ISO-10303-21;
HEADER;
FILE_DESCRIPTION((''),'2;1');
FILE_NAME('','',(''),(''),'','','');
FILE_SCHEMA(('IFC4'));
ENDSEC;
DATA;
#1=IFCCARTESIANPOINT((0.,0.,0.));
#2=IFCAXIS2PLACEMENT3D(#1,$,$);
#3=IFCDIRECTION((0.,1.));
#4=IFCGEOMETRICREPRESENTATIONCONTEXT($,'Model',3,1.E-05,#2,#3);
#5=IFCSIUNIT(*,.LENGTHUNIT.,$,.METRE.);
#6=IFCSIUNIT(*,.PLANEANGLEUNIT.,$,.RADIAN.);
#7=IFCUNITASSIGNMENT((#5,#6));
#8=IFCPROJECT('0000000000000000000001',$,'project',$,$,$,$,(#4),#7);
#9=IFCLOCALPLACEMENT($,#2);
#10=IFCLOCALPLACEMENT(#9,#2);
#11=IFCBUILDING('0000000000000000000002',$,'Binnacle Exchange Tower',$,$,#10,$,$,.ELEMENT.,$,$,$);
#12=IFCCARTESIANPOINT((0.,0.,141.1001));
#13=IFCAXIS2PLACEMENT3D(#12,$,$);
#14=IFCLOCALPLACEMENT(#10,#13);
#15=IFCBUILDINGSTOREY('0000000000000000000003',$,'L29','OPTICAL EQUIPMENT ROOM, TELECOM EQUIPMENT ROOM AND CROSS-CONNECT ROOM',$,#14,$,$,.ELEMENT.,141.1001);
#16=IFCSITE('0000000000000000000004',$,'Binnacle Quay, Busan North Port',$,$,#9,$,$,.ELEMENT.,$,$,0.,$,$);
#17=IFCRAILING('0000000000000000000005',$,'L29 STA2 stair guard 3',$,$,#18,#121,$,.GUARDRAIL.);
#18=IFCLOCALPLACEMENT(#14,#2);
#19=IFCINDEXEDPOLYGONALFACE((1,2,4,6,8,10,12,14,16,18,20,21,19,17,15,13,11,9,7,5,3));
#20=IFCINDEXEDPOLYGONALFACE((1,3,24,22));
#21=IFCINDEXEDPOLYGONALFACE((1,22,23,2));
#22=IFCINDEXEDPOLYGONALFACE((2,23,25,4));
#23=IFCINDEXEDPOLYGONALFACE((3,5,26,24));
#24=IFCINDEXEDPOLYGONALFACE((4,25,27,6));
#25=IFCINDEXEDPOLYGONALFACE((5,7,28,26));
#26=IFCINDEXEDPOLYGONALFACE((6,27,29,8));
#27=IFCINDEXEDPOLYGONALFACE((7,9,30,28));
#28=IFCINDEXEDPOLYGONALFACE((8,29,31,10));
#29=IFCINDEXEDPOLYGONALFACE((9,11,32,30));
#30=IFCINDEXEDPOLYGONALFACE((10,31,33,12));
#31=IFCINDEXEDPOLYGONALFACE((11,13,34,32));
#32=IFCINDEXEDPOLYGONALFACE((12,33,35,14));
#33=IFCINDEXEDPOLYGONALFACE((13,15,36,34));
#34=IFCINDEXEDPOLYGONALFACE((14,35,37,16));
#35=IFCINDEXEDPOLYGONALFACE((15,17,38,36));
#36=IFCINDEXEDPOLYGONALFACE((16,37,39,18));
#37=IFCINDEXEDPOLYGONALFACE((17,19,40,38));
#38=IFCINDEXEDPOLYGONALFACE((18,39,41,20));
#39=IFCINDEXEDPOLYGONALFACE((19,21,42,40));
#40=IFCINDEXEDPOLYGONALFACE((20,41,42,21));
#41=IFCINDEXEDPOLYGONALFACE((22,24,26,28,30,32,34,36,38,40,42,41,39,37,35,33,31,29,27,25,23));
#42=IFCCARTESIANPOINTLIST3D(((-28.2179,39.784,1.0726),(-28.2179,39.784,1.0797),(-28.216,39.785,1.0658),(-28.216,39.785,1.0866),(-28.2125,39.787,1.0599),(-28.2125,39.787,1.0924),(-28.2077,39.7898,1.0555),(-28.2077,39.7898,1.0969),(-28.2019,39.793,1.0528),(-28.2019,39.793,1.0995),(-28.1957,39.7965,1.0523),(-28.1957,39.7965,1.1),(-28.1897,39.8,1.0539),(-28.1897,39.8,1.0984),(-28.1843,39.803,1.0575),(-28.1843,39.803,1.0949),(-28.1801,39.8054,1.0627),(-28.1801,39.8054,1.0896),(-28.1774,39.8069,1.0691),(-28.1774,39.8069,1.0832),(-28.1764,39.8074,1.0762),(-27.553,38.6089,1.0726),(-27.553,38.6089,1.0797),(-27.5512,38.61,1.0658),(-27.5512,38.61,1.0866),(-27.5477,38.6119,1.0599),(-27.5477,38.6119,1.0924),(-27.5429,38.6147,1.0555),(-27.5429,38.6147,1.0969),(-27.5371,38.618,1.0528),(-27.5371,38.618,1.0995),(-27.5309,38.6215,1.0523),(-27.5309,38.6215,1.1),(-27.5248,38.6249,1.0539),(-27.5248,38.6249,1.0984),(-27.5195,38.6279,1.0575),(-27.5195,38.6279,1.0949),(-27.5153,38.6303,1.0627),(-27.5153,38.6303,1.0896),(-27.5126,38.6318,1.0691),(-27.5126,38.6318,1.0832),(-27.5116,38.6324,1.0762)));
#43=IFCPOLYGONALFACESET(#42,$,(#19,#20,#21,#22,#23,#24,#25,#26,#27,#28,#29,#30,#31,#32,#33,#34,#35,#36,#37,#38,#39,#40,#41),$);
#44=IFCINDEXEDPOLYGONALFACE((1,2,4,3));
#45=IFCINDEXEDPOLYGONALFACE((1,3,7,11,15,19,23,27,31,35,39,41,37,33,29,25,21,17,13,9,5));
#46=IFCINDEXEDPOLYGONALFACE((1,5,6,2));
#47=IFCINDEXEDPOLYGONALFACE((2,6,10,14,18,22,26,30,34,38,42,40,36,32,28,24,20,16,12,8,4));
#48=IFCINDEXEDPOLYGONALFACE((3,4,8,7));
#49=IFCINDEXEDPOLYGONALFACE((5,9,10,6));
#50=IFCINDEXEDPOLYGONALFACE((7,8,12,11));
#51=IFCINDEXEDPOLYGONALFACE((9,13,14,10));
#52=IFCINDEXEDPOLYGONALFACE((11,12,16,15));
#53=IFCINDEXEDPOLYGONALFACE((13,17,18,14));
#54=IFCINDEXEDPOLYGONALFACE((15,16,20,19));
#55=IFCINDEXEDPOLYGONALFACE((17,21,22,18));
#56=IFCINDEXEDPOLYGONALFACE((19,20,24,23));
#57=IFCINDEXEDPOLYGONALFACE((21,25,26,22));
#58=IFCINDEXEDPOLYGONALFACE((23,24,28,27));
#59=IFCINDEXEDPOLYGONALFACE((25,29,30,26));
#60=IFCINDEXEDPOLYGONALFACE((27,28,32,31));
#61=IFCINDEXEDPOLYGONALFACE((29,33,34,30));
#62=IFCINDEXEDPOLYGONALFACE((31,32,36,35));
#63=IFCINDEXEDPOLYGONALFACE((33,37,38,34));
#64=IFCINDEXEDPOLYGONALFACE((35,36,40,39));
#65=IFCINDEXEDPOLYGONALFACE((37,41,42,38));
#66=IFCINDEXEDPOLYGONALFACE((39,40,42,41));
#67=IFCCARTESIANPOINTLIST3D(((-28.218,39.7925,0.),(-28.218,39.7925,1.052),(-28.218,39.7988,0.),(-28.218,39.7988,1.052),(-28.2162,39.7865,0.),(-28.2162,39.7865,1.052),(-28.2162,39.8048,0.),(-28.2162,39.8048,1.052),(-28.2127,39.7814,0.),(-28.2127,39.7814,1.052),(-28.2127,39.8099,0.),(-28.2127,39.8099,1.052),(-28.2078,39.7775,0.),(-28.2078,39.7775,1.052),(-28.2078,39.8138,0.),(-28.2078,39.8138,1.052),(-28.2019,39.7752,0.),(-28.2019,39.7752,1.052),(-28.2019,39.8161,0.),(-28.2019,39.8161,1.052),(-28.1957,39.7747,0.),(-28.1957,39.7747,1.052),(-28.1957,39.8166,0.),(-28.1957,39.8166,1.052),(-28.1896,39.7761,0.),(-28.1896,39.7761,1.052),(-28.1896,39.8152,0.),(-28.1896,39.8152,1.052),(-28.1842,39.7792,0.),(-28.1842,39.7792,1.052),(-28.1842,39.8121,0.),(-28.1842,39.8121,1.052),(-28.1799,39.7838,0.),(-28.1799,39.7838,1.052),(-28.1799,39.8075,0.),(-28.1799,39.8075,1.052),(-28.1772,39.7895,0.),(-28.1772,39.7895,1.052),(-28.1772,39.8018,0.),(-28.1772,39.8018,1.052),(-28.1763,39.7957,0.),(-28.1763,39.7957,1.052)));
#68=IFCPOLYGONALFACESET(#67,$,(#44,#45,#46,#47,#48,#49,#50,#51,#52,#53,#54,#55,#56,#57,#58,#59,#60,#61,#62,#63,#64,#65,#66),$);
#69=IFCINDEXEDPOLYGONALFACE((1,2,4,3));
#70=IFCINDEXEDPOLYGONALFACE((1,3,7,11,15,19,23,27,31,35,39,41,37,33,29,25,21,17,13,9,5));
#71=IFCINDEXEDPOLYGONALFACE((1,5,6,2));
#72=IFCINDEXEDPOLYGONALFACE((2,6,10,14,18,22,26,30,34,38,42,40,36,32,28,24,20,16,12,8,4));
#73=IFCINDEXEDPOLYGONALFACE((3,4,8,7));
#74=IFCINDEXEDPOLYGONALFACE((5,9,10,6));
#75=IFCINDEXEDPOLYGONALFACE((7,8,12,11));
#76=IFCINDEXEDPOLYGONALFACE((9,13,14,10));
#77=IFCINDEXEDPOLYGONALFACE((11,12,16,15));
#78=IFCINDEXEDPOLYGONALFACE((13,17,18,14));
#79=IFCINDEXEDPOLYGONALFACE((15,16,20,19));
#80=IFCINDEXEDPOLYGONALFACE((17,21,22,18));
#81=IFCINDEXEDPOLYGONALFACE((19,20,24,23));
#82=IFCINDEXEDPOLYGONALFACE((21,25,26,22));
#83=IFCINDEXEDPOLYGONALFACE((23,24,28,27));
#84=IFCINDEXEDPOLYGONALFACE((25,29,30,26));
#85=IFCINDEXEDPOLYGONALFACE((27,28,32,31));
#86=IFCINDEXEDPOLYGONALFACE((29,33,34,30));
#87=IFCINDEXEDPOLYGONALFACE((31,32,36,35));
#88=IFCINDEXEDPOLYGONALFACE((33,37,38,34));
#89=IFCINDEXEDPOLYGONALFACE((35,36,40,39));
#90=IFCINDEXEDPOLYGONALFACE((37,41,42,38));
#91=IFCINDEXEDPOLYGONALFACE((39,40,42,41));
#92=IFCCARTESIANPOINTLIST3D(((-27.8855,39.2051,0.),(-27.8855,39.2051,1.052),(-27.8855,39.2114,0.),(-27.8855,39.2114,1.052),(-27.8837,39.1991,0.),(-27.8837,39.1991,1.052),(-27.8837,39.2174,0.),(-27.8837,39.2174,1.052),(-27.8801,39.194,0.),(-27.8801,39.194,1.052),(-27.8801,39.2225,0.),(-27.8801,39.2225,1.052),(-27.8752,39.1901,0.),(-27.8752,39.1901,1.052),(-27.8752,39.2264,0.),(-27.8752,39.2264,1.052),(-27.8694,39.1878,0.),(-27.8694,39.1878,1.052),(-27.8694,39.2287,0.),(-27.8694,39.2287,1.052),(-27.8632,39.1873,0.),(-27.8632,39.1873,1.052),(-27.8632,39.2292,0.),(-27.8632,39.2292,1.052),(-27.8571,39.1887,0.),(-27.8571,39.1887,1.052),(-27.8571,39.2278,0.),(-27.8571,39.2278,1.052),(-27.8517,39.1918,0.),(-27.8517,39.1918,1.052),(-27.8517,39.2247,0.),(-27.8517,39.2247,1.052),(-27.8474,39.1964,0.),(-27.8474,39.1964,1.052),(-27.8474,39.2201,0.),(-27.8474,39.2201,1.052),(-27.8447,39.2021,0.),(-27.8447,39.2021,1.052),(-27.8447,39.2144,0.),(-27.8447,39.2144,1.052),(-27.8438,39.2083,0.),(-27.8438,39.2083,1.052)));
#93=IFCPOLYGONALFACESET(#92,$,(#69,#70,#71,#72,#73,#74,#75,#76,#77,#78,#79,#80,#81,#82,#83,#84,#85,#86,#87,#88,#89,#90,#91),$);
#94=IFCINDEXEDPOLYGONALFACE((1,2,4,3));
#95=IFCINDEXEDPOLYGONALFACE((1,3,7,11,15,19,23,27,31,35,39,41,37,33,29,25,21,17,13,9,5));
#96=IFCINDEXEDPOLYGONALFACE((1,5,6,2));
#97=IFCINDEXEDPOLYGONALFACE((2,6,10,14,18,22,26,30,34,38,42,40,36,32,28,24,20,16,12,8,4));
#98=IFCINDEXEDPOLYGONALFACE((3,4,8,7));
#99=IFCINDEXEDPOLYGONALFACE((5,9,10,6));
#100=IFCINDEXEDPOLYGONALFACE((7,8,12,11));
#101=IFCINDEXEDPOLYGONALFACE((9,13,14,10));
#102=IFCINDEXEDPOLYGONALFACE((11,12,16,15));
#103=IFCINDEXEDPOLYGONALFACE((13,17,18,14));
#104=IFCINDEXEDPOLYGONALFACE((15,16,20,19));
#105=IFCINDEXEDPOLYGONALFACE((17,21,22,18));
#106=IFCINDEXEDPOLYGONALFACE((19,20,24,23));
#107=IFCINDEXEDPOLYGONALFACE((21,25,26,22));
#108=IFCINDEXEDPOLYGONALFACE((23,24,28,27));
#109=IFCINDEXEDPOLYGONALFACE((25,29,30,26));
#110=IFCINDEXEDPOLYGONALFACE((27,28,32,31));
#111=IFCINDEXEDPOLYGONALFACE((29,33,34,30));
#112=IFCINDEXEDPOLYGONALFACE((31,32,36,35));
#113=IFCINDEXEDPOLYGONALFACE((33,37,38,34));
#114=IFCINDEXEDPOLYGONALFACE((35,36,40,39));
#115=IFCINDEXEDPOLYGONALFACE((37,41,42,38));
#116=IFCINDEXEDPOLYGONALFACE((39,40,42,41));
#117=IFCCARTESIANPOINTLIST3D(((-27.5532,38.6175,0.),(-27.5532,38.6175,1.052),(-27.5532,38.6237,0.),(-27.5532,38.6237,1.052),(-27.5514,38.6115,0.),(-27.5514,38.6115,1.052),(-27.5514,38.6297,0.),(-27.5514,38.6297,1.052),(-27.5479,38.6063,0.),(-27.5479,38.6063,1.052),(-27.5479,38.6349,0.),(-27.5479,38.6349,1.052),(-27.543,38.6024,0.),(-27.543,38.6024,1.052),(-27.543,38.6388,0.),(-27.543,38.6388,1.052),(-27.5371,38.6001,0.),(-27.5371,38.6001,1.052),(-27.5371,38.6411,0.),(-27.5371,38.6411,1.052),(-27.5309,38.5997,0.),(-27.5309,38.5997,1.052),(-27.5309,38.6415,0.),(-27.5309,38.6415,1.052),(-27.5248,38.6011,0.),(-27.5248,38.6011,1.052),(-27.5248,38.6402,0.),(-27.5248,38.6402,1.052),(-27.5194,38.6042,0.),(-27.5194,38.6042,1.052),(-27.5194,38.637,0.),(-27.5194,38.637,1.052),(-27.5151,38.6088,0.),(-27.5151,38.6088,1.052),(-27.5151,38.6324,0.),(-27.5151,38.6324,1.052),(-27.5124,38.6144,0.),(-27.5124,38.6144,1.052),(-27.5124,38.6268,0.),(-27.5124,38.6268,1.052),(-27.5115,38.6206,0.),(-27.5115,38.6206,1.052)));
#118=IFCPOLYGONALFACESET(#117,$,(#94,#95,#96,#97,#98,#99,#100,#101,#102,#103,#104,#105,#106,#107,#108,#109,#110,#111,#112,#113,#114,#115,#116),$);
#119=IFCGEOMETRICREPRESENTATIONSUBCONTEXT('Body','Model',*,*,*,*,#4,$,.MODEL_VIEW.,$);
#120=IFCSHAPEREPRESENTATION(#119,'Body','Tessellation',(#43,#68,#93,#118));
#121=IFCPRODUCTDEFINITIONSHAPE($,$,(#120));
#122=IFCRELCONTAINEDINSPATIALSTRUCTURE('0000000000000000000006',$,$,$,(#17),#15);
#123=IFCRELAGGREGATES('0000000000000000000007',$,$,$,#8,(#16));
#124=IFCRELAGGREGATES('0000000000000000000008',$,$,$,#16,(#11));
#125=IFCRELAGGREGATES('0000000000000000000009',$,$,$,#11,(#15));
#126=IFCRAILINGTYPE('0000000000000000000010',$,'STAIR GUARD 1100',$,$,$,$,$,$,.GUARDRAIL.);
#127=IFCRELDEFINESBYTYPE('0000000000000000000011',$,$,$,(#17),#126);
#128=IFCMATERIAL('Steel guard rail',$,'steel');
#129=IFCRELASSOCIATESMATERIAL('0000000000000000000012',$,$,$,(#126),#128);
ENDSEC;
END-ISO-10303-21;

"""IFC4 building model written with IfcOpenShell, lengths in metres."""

from ifc_helpers import new_model, si_unit, direction, frame, origin, origin_2d, place, context, subcontext, project, spatial, circle, extrude, material, type_object, element, save


model = new_model("IFC4")

# Units and contexts
model_context = context("Model", 3, precision=1e-05, world=origin(), true_north=direction((0.0, 1.0)))
body_context = subcontext(model_context, "Body", "Model", "MODEL_VIEW")
ifc_project = project(units=[si_unit("LENGTHUNIT", "METRE"), si_unit("PLANEANGLEUNIT", "RADIAN")], contexts=[model_context])

# Site, building, storey
site_placement = place(None, origin())
site = spatial("IfcSite", under=ifc_project, at=site_placement, Name="Binnacle Quay, Busan North Port", CompositionType="ELEMENT", RefElevation=0.0)
building_placement = place(site_placement, origin())
building = spatial("IfcBuilding", under=site, at=building_placement, Name="Binnacle Exchange Tower", CompositionType="ELEMENT")
storey_placement = place(building_placement, frame((0.0, 0.0, 141.1001)))
storey = spatial("IfcBuildingStorey", under=building, at=storey_placement, Name="L29", Description="OPTICAL EQUIPMENT ROOM, TELECOM EQUIPMENT ROOM AND CROSS-CONNECT ROOM", CompositionType="ELEMENT", Elevation=141.1001)

# Railing
ifc_material_1 = material(Name="Steel guard rail", Category="steel")
railing_type_1 = type_object("IfcRailingType", Name="STAIR GUARD 1100", PredefinedType="GUARDRAIL", material=ifc_material_1)
railing_1_placement = place(storey_placement, frame((-28.1973, 39.7957, 0.0)))
element("IfcRailing", 1, at=railing_1_placement, inside=storey, type_object=railing_type_1, Name="L29 STA2 stair guard 3", PredefinedType="GUARDRAIL", context=body_context, shape_type="SweptSolid", body=[
    extrude(circle(Radius=0.0239, at=origin_2d()), frame((0.0, 0.0, 1.0762), z_axis=(0.492415, -0.870361, 0.0), x_axis=(0.870361, 0.492415, 0.0)), (0.0, 0.0, 1.0), 1.3501),
    extrude(circle(Radius=0.021, at=origin_2d()), origin(), (0.0, 0.0, 1.0), 1.052),
    extrude(circle(Radius=0.021, at=origin_2d()), frame((0.3325, -0.5874, 0.0)), (0.0, 0.0, 1.0), 1.052),
    extrude(circle(Radius=0.021, at=origin_2d()), frame((0.6648, -1.175, 0.0)), (0.0, 0.0, 1.0), 1.052),
])

save(model, "model.ifc")
